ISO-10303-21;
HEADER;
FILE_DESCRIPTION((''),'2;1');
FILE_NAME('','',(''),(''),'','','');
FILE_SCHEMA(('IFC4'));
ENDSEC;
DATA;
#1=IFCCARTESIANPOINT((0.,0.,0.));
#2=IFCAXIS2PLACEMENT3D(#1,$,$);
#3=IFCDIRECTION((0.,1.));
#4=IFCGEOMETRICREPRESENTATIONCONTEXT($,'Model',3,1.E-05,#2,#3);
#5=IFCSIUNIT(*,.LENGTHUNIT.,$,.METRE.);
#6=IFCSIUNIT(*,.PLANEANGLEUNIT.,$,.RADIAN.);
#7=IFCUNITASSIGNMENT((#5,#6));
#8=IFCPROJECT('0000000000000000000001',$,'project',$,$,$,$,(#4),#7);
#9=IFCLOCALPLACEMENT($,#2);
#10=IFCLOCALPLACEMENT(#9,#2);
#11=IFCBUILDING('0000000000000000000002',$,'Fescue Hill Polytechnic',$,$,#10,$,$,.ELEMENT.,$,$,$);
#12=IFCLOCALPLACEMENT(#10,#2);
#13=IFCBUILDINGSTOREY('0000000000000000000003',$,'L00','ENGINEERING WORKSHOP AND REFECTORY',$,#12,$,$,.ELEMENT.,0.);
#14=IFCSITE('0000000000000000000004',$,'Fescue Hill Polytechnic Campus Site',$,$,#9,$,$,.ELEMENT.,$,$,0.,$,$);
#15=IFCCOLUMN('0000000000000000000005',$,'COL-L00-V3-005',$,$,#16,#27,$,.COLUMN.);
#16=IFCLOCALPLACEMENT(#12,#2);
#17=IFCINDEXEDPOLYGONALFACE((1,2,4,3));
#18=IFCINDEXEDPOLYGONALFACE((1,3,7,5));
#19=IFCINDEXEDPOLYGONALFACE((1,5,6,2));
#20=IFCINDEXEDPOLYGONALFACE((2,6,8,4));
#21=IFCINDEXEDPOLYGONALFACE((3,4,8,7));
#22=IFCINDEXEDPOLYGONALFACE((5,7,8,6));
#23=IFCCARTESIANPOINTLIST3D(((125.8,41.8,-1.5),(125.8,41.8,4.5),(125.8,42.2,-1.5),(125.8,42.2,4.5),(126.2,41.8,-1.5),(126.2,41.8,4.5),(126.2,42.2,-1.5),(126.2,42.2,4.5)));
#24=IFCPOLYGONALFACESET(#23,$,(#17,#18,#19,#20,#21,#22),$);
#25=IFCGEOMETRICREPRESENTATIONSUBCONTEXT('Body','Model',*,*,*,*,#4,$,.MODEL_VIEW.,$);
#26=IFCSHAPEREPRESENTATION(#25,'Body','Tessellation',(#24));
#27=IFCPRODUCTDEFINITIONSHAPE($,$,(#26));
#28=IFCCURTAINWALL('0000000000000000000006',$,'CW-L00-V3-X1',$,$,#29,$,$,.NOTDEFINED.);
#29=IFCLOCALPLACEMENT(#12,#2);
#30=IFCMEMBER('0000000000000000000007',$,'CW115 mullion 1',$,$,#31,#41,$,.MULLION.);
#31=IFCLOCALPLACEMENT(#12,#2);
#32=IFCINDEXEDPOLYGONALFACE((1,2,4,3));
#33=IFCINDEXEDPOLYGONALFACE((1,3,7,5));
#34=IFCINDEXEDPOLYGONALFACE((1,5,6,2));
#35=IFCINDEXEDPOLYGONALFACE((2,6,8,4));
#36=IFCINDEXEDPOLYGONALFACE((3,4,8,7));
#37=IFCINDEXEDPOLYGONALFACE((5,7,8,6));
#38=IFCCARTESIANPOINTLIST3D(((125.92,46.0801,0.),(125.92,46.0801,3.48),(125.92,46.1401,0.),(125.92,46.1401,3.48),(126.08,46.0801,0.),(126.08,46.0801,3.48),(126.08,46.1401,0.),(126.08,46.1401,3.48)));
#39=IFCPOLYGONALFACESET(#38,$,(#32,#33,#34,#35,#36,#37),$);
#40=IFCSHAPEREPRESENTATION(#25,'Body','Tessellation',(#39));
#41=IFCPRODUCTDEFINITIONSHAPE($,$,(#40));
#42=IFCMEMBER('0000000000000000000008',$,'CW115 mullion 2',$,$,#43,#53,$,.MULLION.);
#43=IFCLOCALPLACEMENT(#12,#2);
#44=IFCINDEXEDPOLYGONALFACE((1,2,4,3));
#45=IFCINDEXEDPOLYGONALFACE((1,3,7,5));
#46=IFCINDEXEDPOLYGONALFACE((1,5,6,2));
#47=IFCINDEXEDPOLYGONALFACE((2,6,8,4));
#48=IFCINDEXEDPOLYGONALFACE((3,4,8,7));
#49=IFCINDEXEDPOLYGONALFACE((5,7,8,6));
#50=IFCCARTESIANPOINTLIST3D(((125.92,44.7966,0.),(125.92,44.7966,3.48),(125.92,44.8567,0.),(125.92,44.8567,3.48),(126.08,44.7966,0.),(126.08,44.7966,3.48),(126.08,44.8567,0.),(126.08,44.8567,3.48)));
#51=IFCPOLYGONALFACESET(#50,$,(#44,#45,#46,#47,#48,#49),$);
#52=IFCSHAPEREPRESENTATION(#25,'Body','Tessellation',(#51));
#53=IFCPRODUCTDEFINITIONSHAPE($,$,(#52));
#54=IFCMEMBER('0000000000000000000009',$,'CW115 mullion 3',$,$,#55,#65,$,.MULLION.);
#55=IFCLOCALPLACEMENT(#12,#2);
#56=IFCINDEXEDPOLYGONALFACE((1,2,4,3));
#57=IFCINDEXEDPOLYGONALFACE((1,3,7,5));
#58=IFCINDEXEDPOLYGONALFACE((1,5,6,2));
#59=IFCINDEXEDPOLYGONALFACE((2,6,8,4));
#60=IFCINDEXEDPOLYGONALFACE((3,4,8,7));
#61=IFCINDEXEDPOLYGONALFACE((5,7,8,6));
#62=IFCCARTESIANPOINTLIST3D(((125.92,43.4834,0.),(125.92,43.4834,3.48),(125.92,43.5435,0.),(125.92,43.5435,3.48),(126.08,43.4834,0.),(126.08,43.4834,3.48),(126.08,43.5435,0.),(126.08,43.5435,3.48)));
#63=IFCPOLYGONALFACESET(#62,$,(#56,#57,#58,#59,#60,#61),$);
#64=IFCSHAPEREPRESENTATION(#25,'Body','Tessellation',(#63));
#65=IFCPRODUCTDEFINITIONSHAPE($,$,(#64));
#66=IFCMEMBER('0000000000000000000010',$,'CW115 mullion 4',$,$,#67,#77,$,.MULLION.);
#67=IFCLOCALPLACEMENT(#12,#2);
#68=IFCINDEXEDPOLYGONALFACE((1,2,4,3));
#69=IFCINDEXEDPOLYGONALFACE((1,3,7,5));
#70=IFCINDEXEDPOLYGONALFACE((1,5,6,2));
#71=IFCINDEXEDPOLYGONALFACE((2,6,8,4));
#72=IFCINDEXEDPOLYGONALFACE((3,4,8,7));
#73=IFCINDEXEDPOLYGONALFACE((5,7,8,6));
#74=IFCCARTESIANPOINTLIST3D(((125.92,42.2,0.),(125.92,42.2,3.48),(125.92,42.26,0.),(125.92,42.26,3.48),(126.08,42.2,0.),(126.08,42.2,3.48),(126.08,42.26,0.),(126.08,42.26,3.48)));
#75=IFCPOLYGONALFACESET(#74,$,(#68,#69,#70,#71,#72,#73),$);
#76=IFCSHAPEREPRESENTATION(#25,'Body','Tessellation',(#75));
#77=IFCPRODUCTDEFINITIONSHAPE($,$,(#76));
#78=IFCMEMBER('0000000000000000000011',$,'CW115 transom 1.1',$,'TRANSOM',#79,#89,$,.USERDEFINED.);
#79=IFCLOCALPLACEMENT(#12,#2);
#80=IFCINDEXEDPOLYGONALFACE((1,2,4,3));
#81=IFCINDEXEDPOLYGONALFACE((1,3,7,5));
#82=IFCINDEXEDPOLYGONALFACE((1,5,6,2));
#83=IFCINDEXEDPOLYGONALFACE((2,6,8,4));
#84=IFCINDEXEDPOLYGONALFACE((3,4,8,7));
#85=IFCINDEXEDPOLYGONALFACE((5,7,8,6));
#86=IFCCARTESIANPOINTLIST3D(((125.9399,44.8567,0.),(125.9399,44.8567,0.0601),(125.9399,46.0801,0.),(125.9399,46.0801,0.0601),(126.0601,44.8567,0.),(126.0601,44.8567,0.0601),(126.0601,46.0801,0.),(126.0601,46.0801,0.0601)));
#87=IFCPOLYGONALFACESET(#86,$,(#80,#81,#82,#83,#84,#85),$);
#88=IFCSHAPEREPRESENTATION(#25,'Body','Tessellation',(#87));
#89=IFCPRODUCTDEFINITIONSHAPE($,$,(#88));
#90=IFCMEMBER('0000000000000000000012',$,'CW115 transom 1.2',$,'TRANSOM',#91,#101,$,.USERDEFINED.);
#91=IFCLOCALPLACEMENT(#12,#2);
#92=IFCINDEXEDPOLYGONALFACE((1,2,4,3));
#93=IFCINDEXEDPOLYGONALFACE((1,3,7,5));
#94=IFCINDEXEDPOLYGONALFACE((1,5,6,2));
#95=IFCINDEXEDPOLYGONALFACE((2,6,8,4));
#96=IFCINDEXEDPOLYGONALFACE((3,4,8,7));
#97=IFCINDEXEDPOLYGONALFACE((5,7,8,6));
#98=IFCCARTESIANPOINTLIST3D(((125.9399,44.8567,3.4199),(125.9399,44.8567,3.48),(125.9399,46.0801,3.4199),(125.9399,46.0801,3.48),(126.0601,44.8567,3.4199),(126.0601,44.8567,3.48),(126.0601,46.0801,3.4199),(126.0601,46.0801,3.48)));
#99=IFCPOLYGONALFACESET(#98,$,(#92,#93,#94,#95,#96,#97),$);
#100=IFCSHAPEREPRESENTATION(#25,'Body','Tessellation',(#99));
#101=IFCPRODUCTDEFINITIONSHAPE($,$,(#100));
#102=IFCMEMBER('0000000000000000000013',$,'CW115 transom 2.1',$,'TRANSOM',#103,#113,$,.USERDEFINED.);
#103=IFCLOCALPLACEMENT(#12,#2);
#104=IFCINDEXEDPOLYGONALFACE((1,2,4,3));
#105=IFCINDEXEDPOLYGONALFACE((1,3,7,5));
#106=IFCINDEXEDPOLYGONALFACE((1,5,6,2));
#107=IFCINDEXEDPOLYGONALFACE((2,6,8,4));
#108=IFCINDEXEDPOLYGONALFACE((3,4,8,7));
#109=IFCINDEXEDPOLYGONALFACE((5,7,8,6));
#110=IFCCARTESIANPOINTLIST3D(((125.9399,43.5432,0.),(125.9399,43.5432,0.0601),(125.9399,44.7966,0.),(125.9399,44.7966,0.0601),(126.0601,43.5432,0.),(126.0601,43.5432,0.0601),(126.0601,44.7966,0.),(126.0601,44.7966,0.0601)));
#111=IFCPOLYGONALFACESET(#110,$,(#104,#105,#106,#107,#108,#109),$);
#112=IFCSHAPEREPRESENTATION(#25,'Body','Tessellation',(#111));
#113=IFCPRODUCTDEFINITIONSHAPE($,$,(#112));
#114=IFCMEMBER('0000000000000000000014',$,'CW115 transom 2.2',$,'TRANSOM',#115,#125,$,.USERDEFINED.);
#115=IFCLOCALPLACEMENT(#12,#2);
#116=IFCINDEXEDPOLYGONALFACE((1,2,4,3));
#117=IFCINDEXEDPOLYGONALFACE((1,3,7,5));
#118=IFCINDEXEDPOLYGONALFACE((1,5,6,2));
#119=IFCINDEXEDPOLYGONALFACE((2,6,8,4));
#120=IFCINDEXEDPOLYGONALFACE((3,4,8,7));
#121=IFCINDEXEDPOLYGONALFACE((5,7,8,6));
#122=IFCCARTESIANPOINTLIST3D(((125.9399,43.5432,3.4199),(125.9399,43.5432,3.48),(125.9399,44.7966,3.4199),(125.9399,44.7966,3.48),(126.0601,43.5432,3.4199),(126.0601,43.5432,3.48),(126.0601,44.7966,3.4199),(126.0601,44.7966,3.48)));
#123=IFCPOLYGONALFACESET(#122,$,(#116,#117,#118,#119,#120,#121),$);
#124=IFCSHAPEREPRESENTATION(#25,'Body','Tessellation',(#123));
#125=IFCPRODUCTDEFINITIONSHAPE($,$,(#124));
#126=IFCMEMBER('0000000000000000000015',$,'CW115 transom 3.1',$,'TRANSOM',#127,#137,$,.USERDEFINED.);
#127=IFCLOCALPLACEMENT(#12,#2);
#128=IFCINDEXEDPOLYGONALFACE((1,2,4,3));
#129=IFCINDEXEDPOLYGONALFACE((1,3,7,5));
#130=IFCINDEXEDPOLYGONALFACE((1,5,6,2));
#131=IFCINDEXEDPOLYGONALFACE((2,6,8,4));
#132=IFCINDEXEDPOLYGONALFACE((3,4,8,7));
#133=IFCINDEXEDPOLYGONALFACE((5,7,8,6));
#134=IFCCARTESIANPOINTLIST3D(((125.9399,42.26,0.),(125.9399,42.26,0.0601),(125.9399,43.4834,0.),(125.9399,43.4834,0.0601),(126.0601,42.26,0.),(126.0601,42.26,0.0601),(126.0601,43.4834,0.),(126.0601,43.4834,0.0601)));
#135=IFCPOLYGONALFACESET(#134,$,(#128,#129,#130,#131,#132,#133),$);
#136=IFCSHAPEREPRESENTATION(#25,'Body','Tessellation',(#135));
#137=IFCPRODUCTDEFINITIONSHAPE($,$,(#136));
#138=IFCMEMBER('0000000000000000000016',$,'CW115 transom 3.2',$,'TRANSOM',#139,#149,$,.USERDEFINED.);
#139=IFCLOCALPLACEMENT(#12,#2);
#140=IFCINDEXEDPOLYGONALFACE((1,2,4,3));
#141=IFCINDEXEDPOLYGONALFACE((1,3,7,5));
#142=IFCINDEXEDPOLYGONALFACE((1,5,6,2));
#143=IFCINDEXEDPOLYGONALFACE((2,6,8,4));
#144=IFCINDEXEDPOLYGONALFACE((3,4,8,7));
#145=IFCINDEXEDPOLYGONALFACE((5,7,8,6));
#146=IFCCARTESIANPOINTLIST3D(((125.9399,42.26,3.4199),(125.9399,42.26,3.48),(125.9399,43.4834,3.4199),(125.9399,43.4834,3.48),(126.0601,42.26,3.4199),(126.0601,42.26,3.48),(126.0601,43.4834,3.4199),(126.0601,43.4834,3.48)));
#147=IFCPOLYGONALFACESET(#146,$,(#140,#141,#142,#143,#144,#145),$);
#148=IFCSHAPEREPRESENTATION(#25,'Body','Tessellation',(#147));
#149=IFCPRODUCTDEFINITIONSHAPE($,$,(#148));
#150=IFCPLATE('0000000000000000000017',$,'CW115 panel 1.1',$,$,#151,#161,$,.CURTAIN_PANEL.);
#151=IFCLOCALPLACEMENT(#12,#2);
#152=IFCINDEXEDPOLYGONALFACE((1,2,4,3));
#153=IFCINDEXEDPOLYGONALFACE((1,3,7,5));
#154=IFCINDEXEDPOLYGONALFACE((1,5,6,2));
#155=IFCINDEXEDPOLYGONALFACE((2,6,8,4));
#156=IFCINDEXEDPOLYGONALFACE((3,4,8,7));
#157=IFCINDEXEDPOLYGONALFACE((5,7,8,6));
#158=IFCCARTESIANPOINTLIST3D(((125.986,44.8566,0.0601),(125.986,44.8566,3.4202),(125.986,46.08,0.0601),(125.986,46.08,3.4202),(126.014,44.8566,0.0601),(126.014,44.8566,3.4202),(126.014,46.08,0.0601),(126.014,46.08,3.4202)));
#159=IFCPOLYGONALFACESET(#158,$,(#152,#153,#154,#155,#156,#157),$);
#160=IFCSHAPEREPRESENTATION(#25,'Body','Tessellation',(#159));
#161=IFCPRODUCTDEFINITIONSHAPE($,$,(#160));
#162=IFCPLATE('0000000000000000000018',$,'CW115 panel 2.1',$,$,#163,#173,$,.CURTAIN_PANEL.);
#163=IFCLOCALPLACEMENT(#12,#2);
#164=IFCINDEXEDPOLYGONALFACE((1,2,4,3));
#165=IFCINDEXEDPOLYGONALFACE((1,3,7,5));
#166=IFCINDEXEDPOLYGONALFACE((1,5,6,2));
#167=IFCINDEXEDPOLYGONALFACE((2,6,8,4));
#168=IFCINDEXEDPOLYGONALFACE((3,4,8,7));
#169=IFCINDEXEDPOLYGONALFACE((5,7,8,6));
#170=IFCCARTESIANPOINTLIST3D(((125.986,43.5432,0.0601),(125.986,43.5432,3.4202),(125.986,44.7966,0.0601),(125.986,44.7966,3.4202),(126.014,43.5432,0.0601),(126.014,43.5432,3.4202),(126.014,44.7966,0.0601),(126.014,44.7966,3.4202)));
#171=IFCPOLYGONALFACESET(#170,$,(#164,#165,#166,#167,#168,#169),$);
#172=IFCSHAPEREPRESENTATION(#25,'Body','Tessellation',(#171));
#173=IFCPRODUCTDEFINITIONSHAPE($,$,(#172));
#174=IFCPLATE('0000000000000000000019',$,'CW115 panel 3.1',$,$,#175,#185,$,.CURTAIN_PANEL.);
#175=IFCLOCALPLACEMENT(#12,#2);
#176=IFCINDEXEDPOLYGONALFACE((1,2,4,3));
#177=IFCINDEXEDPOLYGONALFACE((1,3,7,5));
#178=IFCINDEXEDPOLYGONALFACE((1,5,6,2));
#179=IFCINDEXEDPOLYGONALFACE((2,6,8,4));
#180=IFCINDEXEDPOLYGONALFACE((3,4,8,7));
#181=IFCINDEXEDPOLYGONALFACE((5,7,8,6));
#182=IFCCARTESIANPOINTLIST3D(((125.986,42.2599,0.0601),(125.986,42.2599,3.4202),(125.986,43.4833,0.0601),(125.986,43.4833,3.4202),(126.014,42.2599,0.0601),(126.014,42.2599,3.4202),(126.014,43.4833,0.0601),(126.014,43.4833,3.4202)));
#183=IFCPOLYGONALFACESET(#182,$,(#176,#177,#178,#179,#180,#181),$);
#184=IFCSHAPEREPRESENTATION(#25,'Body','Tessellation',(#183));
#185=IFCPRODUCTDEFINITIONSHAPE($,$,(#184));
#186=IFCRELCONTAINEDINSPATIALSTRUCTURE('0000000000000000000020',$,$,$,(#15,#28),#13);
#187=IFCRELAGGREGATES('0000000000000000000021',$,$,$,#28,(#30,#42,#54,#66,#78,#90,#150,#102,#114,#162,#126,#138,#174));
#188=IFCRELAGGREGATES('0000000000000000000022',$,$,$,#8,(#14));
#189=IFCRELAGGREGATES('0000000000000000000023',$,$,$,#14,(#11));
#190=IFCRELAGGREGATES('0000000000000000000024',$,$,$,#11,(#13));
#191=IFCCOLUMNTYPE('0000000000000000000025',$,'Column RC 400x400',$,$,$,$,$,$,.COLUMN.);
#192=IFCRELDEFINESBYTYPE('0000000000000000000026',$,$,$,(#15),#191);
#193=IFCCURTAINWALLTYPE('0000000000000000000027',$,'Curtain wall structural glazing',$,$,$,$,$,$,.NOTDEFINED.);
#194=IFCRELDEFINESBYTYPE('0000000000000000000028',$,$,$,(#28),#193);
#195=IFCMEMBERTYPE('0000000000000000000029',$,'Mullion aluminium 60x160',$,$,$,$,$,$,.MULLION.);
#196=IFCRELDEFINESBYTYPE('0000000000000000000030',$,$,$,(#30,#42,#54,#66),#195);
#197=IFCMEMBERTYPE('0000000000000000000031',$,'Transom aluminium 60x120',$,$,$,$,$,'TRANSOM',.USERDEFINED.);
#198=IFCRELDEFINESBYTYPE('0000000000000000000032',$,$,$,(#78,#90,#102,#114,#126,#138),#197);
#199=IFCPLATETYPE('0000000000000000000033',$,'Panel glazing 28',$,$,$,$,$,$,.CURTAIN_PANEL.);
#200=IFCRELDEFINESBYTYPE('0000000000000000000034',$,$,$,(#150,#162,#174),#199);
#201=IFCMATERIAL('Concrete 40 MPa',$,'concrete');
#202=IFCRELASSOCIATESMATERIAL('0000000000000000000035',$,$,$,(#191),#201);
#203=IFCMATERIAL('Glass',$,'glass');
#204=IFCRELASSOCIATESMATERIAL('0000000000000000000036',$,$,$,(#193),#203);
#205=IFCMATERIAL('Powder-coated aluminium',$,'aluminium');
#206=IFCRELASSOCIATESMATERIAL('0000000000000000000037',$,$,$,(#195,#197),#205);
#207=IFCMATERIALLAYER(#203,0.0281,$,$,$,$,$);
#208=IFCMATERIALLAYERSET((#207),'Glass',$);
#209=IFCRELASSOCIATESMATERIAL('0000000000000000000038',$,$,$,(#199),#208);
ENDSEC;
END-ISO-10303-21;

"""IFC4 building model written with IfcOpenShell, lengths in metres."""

from ifc_helpers import new_model, si_unit, direction, frame, origin, origin_2d, place, context, subcontext, project, spatial, rectangle, extrude, material, layer, layer_set, material_profile, profile_set, type_object, element, aggregate, save


model = new_model("IFC4")

# Units and contexts
model_context = context("Model", 3, precision=1e-05, world=origin(), true_north=direction((0.0, 1.0)))
body_context = subcontext(model_context, "Body", "Model", "MODEL_VIEW")
ifc_project = project(units=[si_unit("LENGTHUNIT", "METRE"), si_unit("PLANEANGLEUNIT", "RADIAN")], contexts=[model_context])

# Site, building, storey
site_placement = place(None, origin())
site = spatial("IfcSite", under=ifc_project, at=site_placement, Name="Fescue Hill Polytechnic Campus Site", CompositionType="ELEMENT", RefElevation=0.0)
building_placement = place(site_placement, origin())
building = spatial("IfcBuilding", under=site, at=building_placement, Name="Fescue Hill Polytechnic", CompositionType="ELEMENT")
storey_placement = place(building_placement, origin())
storey = spatial("IfcBuildingStorey", under=building, at=storey_placement, Name="L00", Description="ENGINEERING WORKSHOP AND REFECTORY", CompositionType="ELEMENT", Elevation=0.0)

# Column
ifc_material_1 = material(Name="Concrete 40 MPa", Category="concrete")
ifc_material_profile_1 = material_profile(ifc_material_1, rectangle(XDim=0.3999, YDim=0.3999, at=origin_2d()), Name="RC 400x400")
ifc_profile_set_1 = profile_set([ifc_material_profile_1], Name="Concrete 40 MPa")
column_type = type_object("IfcColumnType", Name="Column RC 400x400", PredefinedType="COLUMN", material=ifc_profile_set_1)
column_placement = place(storey_placement, frame((126.0, 42.0, -1.5), z_axis=(0.0, 0.0, 1.0), x_axis=(1.0, 0.0, 0.0)))
element("IfcColumn", 1, at=column_placement, inside=storey, type_object=column_type, Name="COL-L00-V3-005", PredefinedType="COLUMN", context=body_context, shape_type="SweptSolid", body=[
    extrude(rectangle(XDim=0.3999, YDim=0.3999, at=origin_2d()), origin(), (0.0, 0.0, 1.0), 6.0),
])

# Curtain wall, members, plates
ifc_material_2 = material(Name="Glass", Category="glass")
curtain_wall_type = type_object("IfcCurtainWallType", Name="Curtain wall structural glazing", PredefinedType="NOTDEFINED", material=ifc_material_2)
curtain_wall_placement = place(storey_placement, origin())
curtain_wall = element("IfcCurtainWall", 2, at=curtain_wall_placement, inside=storey, type_object=curtain_wall_type, Name="CW-L00-V3-X1", PredefinedType="NOTDEFINED")
ifc_material_3 = material(Name="Powder-coated aluminium", Category="aluminium")
ifc_material_profile_2 = material_profile(ifc_material_3, rectangle(XDim=0.1599, YDim=0.0601, at=origin_2d()), Name="Mullion aluminium 60x160")
ifc_profile_set_2 = profile_set([ifc_material_profile_2], Name="Powder-coated aluminium")
member_type_1 = type_object("IfcMemberType", Name="Mullion aluminium 60x160", PredefinedType="MULLION", material=ifc_profile_set_2)
member_1_placement = place(storey_placement, frame((126.0, 46.1101, 0.0), z_axis=(0.0, 0.0, 1.0), x_axis=(1.0, 0.0, 0.0)))
member_1 = element("IfcMember", 3, at=member_1_placement, type_object=member_type_1, Name="CW115 mullion 1", PredefinedType="MULLION", context=body_context, shape_type="SweptSolid", body=[
    extrude(rectangle(XDim=0.1599, YDim=0.0601, at=origin_2d()), origin(), (0.0, 0.0, 1.0), 3.48),
])
member_2_placement = place(storey_placement, frame((126.0, 44.8267, 0.0), z_axis=(0.0, 0.0, 1.0), x_axis=(1.0, 0.0, 0.0)))
member_2 = element("IfcMember", 4, at=member_2_placement, type_object=member_type_1, Name="CW115 mullion 2", PredefinedType="MULLION", context=body_context, shape_type="SweptSolid", body=[
    extrude(rectangle(XDim=0.1599, YDim=0.0601, at=origin_2d()), origin(), (0.0, 0.0, 1.0), 3.48),
])
member_3_placement = place(storey_placement, frame((126.0, 43.5134, 0.0), z_axis=(0.0, 0.0, 1.0), x_axis=(1.0, 0.0, 0.0)))
member_3 = element("IfcMember", 5, at=member_3_placement, type_object=member_type_1, Name="CW115 mullion 3", PredefinedType="MULLION", context=body_context, shape_type="SweptSolid", body=[
    extrude(rectangle(XDim=0.1599, YDim=0.0601, at=origin_2d()), origin(), (0.0, 0.0, 1.0), 3.48),
])
member_4_placement = place(storey_placement, frame((126.0, 42.23, 0.0), z_axis=(0.0, 0.0, 1.0), x_axis=(1.0, 0.0, 0.0)))
member_4 = element("IfcMember", 6, at=member_4_placement, type_object=member_type_1, Name="CW115 mullion 4", PredefinedType="MULLION", context=body_context, shape_type="SweptSolid", body=[
    extrude(rectangle(XDim=0.1599, YDim=0.0601, at=origin_2d()), origin(), (0.0, 0.0, 1.0), 3.48),
])
ifc_material_profile_3 = material_profile(ifc_material_3, rectangle(XDim=0.1201, YDim=0.0601, at=origin_2d()), Name="Transom aluminium 60x120")
ifc_profile_set_3 = profile_set([ifc_material_profile_3], Name="Powder-coated aluminium")
member_type_2 = type_object("IfcMemberType", Name="Transom aluminium 60x120", ElementType="TRANSOM", PredefinedType="USERDEFINED", material=ifc_profile_set_3)
member_5_placement = place(storey_placement, frame((126.0, 46.0801, 0.03), z_axis=(0.0, -1.0, 0.0), x_axis=(1.0, 0.0, 0.0)))
member_5 = element("IfcMember", 7, at=member_5_placement, type_object=member_type_2, Name="CW115 transom 1.1", ObjectType="TRANSOM", PredefinedType="USERDEFINED", context=body_context, shape_type="SweptSolid", body=[
    extrude(rectangle(XDim=0.1201, YDim=0.0601, at=origin_2d()), origin(), (0.0, 0.0, 1.0), 1.2234),
])
member_6_placement = place(storey_placement, frame((126.0, 46.0801, 3.45), z_axis=(0.0, -1.0, 0.0), x_axis=(1.0, 0.0, 0.0)))
member_6 = element("IfcMember", 8, at=member_6_placement, type_object=member_type_2, Name="CW115 transom 1.2", ObjectType="TRANSOM", PredefinedType="USERDEFINED", context=body_context, shape_type="SweptSolid", body=[
    extrude(rectangle(XDim=0.1201, YDim=0.0601, at=origin_2d()), origin(), (0.0, 0.0, 1.0), 1.2234),
])
member_7_placement = place(storey_placement, frame((126.0, 44.7966, 0.03), z_axis=(0.0, -1.0, 0.0), x_axis=(1.0, 0.0, 0.0)))
member_7 = element("IfcMember", 9, at=member_7_placement, type_object=member_type_2, Name="CW115 transom 2.1", ObjectType="TRANSOM", PredefinedType="USERDEFINED", context=body_context, shape_type="SweptSolid", body=[
    extrude(rectangle(XDim=0.1201, YDim=0.0601, at=origin_2d()), origin(), (0.0, 0.0, 1.0), 1.2534),
])
member_8_placement = place(storey_placement, frame((126.0, 44.7966, 3.45), z_axis=(0.0, -1.0, 0.0), x_axis=(1.0, 0.0, 0.0)))
member_8 = element("IfcMember", 10, at=member_8_placement, type_object=member_type_2, Name="CW115 transom 2.2", ObjectType="TRANSOM", PredefinedType="USERDEFINED", context=body_context, shape_type="SweptSolid", body=[
    extrude(rectangle(XDim=0.1201, YDim=0.0601, at=origin_2d()), origin(), (0.0, 0.0, 1.0), 1.2534),
])
member_9_placement = place(storey_placement, frame((126.0, 43.4834, 0.03), z_axis=(0.0, -1.0, 0.0), x_axis=(1.0, 0.0, 0.0)))
member_9 = element("IfcMember", 11, at=member_9_placement, type_object=member_type_2, Name="CW115 transom 3.1", ObjectType="TRANSOM", PredefinedType="USERDEFINED", context=body_context, shape_type="SweptSolid", body=[
    extrude(rectangle(XDim=0.1201, YDim=0.0601, at=origin_2d()), origin(), (0.0, 0.0, 1.0), 1.2234),
])
member_10_placement = place(storey_placement, frame((126.0, 43.4834, 3.45), z_axis=(0.0, -1.0, 0.0), x_axis=(1.0, 0.0, 0.0)))
member_10 = element("IfcMember", 12, at=member_10_placement, type_object=member_type_2, Name="CW115 transom 3.2", ObjectType="TRANSOM", PredefinedType="USERDEFINED", context=body_context, shape_type="SweptSolid", body=[
    extrude(rectangle(XDim=0.1201, YDim=0.0601, at=origin_2d()), origin(), (0.0, 0.0, 1.0), 1.2234),
])
ifc_layer_1 = layer(ifc_material_2, 0.0281)
ifc_layer_set_1 = layer_set([ifc_layer_1], Name="Glass")
plate_type = type_object("IfcPlateType", Name="Panel glazing 28", PredefinedType="CURTAIN_PANEL", material=ifc_layer_set_1)
plate_1_placement = place(storey_placement, frame((126.0, 45.4683, 0.0601), z_axis=(0.0, 0.0, 1.0), x_axis=(0.0, -1.0, 0.0)))
plate_1 = element("IfcPlate", 13, at=plate_1_placement, type_object=plate_type, Name="CW115 panel 1.1", PredefinedType="CURTAIN_PANEL", context=body_context, shape_type="SweptSolid", body=[
    extrude(rectangle(XDim=1.2234, YDim=0.0281, at=origin_2d()), origin(), (0.0, 0.0, 1.0), 3.3601),
])
plate_2_placement = place(storey_placement, frame((126.0, 44.1699, 0.0601), z_axis=(0.0, 0.0, 1.0), x_axis=(0.0, -1.0, 0.0)))
plate_2 = element("IfcPlate", 14, at=plate_2_placement, type_object=plate_type, Name="CW115 panel 2.1", PredefinedType="CURTAIN_PANEL", context=body_context, shape_type="SweptSolid", body=[
    extrude(rectangle(XDim=1.2534, YDim=0.0281, at=origin_2d()), origin(), (0.0, 0.0, 1.0), 3.3601),
])
plate_3_placement = place(storey_placement, frame((126.0, 42.8716, 0.0601), z_axis=(0.0, 0.0, 1.0), x_axis=(0.0, -1.0, 0.0)))
plate_3 = element("IfcPlate", 15, at=plate_3_placement, type_object=plate_type, Name="CW115 panel 3.1", PredefinedType="CURTAIN_PANEL", context=body_context, shape_type="SweptSolid", body=[
    extrude(rectangle(XDim=1.2234, YDim=0.0281, at=origin_2d()), origin(), (0.0, 0.0, 1.0), 3.3601),
])
aggregate(curtain_wall, [member_1, member_2, member_3, member_4, member_5, member_6, plate_1, member_7, member_8, plate_2, member_9, member_10, plate_3])

save(model, "model.ifc")
